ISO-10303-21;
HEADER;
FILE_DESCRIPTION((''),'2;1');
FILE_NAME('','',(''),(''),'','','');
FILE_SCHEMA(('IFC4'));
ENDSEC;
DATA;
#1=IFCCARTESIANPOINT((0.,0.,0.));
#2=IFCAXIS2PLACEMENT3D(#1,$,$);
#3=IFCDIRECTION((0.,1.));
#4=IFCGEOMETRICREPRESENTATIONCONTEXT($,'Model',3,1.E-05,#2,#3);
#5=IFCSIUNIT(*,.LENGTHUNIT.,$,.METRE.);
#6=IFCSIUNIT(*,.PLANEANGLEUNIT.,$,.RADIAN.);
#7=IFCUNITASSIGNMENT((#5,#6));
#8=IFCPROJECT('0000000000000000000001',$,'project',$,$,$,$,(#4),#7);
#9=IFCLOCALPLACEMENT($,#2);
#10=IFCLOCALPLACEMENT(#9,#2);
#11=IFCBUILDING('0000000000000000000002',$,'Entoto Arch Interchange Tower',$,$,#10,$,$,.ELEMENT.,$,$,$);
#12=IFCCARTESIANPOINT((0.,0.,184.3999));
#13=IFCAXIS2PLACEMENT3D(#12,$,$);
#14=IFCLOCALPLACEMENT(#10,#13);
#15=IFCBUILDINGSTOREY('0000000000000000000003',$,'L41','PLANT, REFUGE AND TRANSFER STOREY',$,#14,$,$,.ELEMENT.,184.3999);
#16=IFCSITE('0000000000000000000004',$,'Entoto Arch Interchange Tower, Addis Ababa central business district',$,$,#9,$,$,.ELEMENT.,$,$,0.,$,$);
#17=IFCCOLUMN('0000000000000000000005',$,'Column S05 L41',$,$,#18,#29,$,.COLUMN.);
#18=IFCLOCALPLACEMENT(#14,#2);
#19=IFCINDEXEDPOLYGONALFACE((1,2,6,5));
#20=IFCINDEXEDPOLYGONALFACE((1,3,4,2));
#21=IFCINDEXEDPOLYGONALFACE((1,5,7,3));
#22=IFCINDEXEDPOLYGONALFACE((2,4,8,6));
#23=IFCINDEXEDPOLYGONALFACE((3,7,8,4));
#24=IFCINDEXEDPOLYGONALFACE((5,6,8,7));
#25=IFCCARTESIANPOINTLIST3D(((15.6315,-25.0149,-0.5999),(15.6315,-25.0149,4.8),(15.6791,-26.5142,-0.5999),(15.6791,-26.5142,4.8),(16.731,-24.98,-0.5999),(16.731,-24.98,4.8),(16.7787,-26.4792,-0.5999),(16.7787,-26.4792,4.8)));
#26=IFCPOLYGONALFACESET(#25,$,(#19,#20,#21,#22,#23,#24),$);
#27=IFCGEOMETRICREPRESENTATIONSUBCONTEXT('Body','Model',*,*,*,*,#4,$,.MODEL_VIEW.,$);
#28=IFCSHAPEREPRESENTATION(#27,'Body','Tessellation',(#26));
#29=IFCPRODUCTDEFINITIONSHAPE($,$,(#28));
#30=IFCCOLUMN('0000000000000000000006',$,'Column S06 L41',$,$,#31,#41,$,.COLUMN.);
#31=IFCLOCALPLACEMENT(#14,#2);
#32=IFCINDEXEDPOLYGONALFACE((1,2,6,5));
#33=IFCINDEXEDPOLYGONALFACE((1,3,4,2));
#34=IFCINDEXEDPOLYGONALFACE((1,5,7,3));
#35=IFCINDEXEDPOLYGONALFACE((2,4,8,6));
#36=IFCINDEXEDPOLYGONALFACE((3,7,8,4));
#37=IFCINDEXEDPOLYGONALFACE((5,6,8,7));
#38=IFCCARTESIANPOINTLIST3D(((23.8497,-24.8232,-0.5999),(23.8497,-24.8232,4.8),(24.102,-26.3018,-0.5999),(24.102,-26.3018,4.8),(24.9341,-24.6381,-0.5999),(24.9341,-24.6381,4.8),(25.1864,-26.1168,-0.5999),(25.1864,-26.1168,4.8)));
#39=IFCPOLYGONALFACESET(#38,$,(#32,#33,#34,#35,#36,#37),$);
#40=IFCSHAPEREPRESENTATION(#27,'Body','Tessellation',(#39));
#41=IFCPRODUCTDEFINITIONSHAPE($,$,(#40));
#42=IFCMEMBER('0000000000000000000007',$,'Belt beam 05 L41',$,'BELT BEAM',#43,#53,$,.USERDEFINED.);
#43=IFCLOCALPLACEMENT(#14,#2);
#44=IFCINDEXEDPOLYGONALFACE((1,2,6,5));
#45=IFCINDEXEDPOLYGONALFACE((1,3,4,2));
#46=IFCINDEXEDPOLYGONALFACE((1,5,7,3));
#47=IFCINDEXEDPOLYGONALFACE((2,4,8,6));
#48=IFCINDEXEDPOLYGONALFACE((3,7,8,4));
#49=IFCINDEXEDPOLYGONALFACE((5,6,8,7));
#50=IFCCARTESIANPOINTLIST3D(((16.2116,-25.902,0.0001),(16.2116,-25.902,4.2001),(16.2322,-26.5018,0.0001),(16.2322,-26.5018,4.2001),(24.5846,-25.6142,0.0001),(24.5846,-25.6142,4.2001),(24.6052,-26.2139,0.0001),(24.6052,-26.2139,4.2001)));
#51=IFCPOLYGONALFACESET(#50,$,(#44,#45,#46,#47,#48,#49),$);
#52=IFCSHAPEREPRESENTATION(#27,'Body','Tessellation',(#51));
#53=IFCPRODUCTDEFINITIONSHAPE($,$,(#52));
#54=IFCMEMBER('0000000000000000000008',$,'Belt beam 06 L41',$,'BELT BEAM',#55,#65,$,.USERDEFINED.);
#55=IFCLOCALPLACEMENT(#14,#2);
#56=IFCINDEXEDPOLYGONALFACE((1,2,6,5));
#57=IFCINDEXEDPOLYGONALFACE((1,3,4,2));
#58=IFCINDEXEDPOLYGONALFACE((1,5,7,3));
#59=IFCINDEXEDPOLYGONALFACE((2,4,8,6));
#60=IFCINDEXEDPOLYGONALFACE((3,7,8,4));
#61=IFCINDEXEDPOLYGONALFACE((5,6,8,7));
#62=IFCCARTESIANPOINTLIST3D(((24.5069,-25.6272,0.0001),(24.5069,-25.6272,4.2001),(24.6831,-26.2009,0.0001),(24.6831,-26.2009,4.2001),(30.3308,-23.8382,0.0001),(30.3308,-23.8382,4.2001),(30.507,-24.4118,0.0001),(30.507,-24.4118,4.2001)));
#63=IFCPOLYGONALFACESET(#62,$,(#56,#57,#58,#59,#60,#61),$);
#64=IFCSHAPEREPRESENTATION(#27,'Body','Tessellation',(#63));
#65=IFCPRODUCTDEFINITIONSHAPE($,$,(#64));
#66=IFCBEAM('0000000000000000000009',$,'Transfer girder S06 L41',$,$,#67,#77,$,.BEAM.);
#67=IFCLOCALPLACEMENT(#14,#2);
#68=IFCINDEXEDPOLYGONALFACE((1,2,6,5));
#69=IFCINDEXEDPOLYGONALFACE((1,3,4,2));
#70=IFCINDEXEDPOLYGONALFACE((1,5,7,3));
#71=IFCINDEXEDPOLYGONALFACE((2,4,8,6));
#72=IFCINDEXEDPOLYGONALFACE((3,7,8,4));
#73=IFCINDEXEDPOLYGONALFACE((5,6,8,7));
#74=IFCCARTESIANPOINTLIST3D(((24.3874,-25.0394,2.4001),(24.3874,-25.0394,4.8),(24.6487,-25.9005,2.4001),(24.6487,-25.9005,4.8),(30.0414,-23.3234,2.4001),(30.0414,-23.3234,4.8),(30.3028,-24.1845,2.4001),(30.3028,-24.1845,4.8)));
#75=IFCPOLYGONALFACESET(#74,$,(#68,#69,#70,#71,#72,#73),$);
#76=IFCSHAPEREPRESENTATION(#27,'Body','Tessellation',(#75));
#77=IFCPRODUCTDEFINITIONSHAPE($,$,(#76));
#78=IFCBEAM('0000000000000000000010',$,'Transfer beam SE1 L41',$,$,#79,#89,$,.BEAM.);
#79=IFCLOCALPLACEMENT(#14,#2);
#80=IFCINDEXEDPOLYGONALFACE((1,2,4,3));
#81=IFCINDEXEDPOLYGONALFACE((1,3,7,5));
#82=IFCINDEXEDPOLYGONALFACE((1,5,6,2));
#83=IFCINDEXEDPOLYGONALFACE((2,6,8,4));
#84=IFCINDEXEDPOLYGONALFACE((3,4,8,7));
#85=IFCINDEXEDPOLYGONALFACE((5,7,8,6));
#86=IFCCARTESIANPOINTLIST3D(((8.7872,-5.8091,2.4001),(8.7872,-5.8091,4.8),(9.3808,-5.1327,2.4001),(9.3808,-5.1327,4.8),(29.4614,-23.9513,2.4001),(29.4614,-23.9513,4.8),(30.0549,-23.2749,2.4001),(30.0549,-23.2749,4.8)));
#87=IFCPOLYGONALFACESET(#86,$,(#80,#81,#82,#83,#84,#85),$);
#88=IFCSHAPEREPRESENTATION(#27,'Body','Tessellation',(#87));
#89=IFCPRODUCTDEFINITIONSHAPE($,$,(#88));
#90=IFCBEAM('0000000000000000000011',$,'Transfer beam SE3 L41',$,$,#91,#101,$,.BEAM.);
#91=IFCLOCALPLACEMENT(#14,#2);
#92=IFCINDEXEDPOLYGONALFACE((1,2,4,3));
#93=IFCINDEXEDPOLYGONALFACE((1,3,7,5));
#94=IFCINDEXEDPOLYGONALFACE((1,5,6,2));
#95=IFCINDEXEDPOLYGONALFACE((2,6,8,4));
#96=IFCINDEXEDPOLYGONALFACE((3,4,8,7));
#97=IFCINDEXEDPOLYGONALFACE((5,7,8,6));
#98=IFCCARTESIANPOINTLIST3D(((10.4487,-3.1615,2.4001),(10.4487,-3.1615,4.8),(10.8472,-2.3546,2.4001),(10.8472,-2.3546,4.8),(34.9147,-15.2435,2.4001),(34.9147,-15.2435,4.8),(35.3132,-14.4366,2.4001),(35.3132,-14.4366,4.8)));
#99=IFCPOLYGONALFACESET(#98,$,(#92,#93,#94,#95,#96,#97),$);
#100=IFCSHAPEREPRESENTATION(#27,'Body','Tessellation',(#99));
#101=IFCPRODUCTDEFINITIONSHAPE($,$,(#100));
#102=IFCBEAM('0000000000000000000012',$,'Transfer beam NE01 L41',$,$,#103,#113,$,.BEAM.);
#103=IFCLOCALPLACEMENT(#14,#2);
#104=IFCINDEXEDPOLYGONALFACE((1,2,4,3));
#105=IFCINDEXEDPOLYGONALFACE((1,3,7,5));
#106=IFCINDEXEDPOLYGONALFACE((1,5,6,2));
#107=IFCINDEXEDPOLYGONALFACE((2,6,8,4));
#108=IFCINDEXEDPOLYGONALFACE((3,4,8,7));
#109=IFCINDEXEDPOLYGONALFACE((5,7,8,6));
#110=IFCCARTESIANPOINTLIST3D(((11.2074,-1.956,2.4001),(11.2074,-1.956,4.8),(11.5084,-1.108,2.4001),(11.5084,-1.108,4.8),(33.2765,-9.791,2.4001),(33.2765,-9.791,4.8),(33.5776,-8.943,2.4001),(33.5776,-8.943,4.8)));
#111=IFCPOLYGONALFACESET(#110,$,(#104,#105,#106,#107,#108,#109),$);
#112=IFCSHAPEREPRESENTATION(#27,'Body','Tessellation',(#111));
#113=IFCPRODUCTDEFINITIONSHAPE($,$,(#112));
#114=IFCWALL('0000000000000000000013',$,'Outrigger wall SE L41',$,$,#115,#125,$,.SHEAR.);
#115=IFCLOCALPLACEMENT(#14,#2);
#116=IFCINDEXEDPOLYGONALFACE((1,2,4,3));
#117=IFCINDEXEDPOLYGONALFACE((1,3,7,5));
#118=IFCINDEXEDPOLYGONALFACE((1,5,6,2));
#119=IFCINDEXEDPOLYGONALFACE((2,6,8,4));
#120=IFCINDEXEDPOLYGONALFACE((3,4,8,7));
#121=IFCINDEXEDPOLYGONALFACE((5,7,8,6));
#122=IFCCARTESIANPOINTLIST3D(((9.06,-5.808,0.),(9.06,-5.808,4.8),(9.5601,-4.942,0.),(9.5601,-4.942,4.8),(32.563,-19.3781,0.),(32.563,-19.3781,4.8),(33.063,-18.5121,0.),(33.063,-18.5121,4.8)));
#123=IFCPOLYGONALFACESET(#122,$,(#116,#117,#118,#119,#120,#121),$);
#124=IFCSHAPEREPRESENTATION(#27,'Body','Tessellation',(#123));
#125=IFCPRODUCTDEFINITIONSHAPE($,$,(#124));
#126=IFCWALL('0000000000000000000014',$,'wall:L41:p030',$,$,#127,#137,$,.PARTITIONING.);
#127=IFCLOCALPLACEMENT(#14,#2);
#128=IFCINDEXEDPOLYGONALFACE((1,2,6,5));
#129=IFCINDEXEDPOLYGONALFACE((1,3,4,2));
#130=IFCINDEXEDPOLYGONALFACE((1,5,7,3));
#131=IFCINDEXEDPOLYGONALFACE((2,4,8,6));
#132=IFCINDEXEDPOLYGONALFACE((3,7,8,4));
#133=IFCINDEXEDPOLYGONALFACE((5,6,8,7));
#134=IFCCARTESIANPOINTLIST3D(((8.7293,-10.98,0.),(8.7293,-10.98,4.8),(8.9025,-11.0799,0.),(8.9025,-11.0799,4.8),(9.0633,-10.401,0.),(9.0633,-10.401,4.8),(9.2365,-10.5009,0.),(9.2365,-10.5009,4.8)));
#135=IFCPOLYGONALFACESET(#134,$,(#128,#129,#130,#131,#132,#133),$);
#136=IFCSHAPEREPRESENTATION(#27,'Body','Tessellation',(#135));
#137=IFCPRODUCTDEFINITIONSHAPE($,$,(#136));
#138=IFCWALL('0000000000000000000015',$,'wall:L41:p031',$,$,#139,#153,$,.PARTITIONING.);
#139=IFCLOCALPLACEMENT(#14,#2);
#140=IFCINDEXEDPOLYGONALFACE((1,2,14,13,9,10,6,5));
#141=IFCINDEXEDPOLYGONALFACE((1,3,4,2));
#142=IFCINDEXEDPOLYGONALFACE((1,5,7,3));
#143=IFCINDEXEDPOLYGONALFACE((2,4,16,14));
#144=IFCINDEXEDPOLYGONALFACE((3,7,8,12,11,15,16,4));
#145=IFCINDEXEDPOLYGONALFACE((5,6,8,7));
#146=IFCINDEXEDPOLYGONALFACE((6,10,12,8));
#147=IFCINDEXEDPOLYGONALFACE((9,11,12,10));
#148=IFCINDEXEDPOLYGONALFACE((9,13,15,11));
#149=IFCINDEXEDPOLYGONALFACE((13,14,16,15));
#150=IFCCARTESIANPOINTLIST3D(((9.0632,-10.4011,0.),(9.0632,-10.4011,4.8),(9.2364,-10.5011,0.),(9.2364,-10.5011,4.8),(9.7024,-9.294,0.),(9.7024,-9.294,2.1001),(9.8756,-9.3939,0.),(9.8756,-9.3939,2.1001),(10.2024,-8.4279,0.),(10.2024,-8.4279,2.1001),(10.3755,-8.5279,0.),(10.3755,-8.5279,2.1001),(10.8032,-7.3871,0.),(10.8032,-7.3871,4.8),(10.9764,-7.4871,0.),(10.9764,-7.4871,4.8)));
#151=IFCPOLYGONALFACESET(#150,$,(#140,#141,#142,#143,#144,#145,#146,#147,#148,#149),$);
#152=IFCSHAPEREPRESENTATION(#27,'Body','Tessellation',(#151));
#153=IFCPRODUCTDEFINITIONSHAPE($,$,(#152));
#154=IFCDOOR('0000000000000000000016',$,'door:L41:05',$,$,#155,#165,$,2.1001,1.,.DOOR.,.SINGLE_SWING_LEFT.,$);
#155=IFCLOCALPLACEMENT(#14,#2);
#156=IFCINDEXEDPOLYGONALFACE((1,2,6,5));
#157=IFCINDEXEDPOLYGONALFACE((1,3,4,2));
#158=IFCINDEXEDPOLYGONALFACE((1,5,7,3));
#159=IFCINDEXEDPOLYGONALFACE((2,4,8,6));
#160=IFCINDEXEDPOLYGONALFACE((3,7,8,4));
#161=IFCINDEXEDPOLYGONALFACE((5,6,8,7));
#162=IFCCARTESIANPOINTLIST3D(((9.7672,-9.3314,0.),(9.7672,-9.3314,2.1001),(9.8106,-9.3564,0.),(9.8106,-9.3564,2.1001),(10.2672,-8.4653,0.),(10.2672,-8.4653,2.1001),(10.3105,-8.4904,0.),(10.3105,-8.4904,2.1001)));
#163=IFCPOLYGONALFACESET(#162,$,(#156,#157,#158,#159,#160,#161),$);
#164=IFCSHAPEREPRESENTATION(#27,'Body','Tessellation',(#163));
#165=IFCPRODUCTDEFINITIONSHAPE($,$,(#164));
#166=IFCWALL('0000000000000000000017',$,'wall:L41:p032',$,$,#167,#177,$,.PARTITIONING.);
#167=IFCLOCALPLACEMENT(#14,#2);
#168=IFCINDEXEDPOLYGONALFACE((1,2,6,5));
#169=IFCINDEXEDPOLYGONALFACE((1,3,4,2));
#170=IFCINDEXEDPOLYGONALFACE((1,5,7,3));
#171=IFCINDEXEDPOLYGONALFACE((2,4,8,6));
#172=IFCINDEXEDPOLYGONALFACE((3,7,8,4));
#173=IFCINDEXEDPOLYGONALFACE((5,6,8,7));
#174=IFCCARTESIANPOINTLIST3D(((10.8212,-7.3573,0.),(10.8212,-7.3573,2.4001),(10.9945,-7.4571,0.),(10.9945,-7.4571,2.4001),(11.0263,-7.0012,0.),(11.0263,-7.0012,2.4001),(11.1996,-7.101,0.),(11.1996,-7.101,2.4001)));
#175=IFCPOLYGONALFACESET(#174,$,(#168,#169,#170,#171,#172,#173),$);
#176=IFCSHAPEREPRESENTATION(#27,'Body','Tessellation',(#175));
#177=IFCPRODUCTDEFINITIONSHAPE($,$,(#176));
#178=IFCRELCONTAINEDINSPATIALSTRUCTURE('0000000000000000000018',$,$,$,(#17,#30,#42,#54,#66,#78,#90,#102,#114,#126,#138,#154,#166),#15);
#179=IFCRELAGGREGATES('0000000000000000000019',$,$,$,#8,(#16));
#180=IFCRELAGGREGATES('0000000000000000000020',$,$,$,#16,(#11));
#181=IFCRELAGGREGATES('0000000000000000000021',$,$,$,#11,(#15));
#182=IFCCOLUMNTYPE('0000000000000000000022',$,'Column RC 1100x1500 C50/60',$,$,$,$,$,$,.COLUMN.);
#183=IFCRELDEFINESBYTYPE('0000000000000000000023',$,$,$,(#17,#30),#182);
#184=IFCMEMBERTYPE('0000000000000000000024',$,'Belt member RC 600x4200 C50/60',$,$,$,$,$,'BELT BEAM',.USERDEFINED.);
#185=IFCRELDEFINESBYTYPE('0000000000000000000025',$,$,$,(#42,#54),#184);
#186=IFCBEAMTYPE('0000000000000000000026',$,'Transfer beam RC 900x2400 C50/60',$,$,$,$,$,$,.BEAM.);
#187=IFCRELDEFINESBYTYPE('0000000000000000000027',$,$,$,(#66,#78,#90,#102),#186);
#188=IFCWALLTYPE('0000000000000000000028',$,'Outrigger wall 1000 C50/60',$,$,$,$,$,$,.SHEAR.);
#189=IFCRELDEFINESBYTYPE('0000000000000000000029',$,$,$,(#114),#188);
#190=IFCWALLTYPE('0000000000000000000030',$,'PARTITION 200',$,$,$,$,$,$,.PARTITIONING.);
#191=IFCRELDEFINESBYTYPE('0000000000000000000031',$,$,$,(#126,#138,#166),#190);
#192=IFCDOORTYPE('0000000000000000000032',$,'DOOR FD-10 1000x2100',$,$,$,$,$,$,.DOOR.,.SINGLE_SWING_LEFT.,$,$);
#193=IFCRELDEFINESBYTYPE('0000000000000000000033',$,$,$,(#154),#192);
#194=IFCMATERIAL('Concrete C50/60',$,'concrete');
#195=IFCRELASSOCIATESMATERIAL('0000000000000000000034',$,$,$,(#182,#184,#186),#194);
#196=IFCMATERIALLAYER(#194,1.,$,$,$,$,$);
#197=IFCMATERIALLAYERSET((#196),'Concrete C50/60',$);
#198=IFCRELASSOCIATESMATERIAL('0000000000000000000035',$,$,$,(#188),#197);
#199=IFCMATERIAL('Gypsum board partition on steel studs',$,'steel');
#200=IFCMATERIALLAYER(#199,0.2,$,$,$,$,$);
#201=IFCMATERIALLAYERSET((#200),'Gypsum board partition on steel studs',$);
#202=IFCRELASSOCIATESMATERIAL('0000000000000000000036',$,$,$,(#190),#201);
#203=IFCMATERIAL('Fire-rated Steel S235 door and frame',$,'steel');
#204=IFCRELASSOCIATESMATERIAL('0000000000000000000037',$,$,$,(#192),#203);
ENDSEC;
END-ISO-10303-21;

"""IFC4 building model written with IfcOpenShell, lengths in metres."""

from ifc_helpers import new_model, si_unit, direction, frame, frame_2d, origin, origin_2d, place, context, subcontext, project, spatial, rectangle, extrude, material, layer, layer_set, material_profile, profile_set, type_object, element, fill, save


model = new_model("IFC4")

# Units and contexts
model_context = context("Model", 3, precision=1e-05, world=origin(), true_north=direction((0.0, 1.0)))
body_context = subcontext(model_context, "Body", "Model", "MODEL_VIEW")
ifc_project = project(units=[si_unit("LENGTHUNIT", "METRE"), si_unit("PLANEANGLEUNIT", "RADIAN")], contexts=[model_context])

# Site, building, storey
site_placement = place(None, origin())
site = spatial("IfcSite", under=ifc_project, at=site_placement, Name="Entoto Arch Interchange Tower, Addis Ababa central business district", CompositionType="ELEMENT", RefElevation=0.0)
building_placement = place(site_placement, origin())
building = spatial("IfcBuilding", under=site, at=building_placement, Name="Entoto Arch Interchange Tower", CompositionType="ELEMENT")
storey_placement = place(building_placement, frame((0.0, 0.0, 184.3999)))
storey = spatial("IfcBuildingStorey", under=building, at=storey_placement, Name="L41", Description="PLANT, REFUGE AND TRANSFER STOREY", CompositionType="ELEMENT", Elevation=184.3999)

# Columns
ifc_material_1 = material(Name="Concrete C50/60", Category="concrete")
ifc_material_profile_1 = material_profile(ifc_material_1, rectangle(XDim=1.1001, YDim=1.5, at=origin_2d()))
ifc_profile_set_1 = profile_set([ifc_material_profile_1], Name="Concrete C50/60")
column_type = type_object("IfcColumnType", Name="Column RC 1100x1500 C50/60", PredefinedType="COLUMN", material=ifc_profile_set_1)
for number, where, z_axis, x_axis, name in (
    (1, (16.2051, -25.7471, -0.5999), (0.0, 0.0, 1.0), (0.999496, 0.031742, 0.0), "Column S05 L41"),
    (2, (24.5181, -25.47, -0.5999), (0.0, 0.0, 1.0), (0.985753, 0.168197, 0.0), "Column S06 L41"),
):
    element("IfcColumn", number, at=place(storey_placement, frame(where, z_axis=z_axis, x_axis=x_axis)), inside=storey, type_object=column_type, Name=name, PredefinedType="COLUMN", context=body_context, shape_type="SweptSolid", body=[
        extrude(rectangle(XDim=1.1001, YDim=1.5, at=origin_2d()), origin(), (0.0, 0.0, 1.0), 5.3999),
    ])

# Members
ifc_material_profile_2 = material_profile(ifc_material_1, rectangle(XDim=0.6001, YDim=4.2, at=origin_2d()))
ifc_profile_set_2 = profile_set([ifc_material_profile_2], Name="Concrete C50/60")
member_type = type_object("IfcMemberType", Name="Belt member RC 600x4200 C50/60", ElementType="BELT BEAM", PredefinedType="USERDEFINED", material=ifc_profile_set_2)
member_1_placement = place(storey_placement, frame((16.2219, -26.2019, 2.1001), z_axis=(0.99941, 0.034357, 0.0), x_axis=(-0.034357, 0.99941, 0.0)))
element("IfcMember", 3, at=member_1_placement, inside=storey, type_object=member_type, Name="Belt beam 05 L41", ObjectType="BELT BEAM", PredefinedType="USERDEFINED", context=body_context, shape_type="SweptSolid", body=[
    extrude(rectangle(XDim=0.6001, YDim=4.2, at=origin_2d()), origin(), (0.0, 0.0, 1.0), 8.3779),
])
member_2_placement = place(storey_placement, frame((24.595, -25.9141, 2.1001), z_axis=(0.955914, 0.293647, 0.0), x_axis=(-0.293647, 0.955914, 0.0)))
element("IfcMember", 4, at=member_2_placement, inside=storey, type_object=member_type, Name="Belt beam 06 L41", ObjectType="BELT BEAM", PredefinedType="USERDEFINED", context=body_context, shape_type="SweptSolid", body=[
    extrude(rectangle(XDim=0.6001, YDim=4.2, at=origin_2d()), origin(), (0.0, 0.0, 1.0), 6.0925),
])

# Beams
ifc_material_profile_3 = material_profile(ifc_material_1, rectangle(XDim=0.8999, YDim=2.3999, at=origin_2d()))
ifc_profile_set_3 = profile_set([ifc_material_profile_3], Name="Concrete C50/60")
beam_type = type_object("IfcBeamType", Name="Transfer beam RC 900x2400 C50/60", PredefinedType="BEAM", material=ifc_profile_set_3)
beam_1_placement = place(storey_placement, frame((24.5181, -25.47, 3.6001), z_axis=(0.956897, 0.290428, 0.0), x_axis=(-0.290428, 0.956897, 0.0)))
element("IfcBeam", 5, at=beam_1_placement, inside=storey, type_object=beam_type, Name="Transfer girder S06 L41", PredefinedType="BEAM", context=body_context, shape_type="SweptSolid", body=[
    extrude(rectangle(XDim=0.8999, YDim=2.3999, at=origin_2d()), origin(), (0.0, 0.0, 1.0), 5.9087),
])
beam_2_placement = place(storey_placement, frame((9.084, -5.4709, 3.6001), z_axis=(0.751634, -0.65958, 0.0), x_axis=(0.65958, 0.751634, 0.0)))
element("IfcBeam", 6, at=beam_2_placement, inside=storey, type_object=beam_type, Name="Transfer beam SE1 L41", PredefinedType="BEAM", context=body_context, shape_type="SweptSolid", body=[
    extrude(rectangle(XDim=0.8999, YDim=2.3999, at=origin_2d()), origin(), (0.0, 0.0, 1.0), 27.5056),
])
beam_3_placement = place(storey_placement, frame((10.6479, -2.7581, 3.6001), z_axis=(0.89663, -0.442781, 0.0), x_axis=(0.442781, 0.89663, 0.0)))
element("IfcBeam", 7, at=beam_3_placement, inside=storey, type_object=beam_type, Name="Transfer beam SE3 L41", PredefinedType="BEAM", context=body_context, shape_type="SweptSolid", body=[
    extrude(rectangle(XDim=0.8999, YDim=2.3999, at=origin_2d()), origin(), (0.0, 0.0, 1.0), 27.2866),
])
beam_4_placement = place(storey_placement, frame((11.3579, -1.532, 3.6001), z_axis=(0.942374, -0.334561, 0.0), x_axis=(0.334561, 0.942374, 0.0)))
element("IfcBeam", 8, at=beam_4_placement, inside=storey, type_object=beam_type, Name="Transfer beam NE01 L41", PredefinedType="BEAM", context=body_context, shape_type="SweptSolid", body=[
    extrude(rectangle(XDim=0.8999, YDim=2.3999, at=origin_2d()), origin(), (0.0, 0.0, 1.0), 23.4187),
])

# Walls
ifc_layer_1 = layer(ifc_material_1, 1.0)
ifc_layer_set_1 = layer_set([ifc_layer_1], Name="Concrete C50/60")
wall_type_1 = type_object("IfcWallType", Name="Outrigger wall 1000 C50/60", PredefinedType="SHEAR", material=ifc_layer_set_1)
wall_1_placement = place(storey_placement, frame((9.3101, -5.375, 0.0), z_axis=(0.0, 0.0, 1.0), x_axis=(0.866015, -0.500018, 0.0)))
element("IfcWall", 9, at=wall_1_placement, inside=storey, type_object=wall_type_1, Name="Outrigger wall SE L41", PredefinedType="SHEAR", context=body_context, shape_type="SweptSolid", body=[
    extrude(rectangle(XDim=27.1392, YDim=1.0, at=frame_2d((13.5696, 0.0))), origin(), (0.0, 0.0, 1.0), 4.8),
])
ifc_material_2 = material(Name="Gypsum board partition on steel studs", Category="steel")
ifc_layer_2 = layer(ifc_material_2, 0.2)
ifc_layer_set_2 = layer_set([ifc_layer_2], Name="Gypsum board partition on steel studs")
wall_type_2 = type_object("IfcWallType", Name="PARTITION 200", PredefinedType="PARTITIONING", material=ifc_layer_set_2)
wall_2_placement = place(storey_placement, frame((9.1499, -10.4509, 0.0), z_axis=(0.0, 0.0, 1.0), x_axis=(-0.499596, -0.866259, 0.0)))
element("IfcWall", 10, at=wall_2_placement, inside=storey, type_object=wall_type_2, Name="wall:L41:p030", PredefinedType="PARTITIONING", context=body_context, shape_type="SweptSolid", body=[
    extrude(rectangle(XDim=0.6685, YDim=0.2, at=frame_2d((0.3342, 0.0))), origin(), (0.0, 0.0, 1.0), 4.8),
])

# Wall, opening, door
wall_3_placement = place(storey_placement, frame((10.8899, -7.437, 0.0), z_axis=(0.0, 0.0, 1.0), x_axis=(-0.49998, -0.866037, 0.0)))
wall_3 = element("IfcWall", 11, at=wall_3_placement, inside=storey, type_object=wall_type_2, Name="wall:L41:p031", PredefinedType="PARTITIONING", context=body_context, shape_type="SweptSolid", body=[
    extrude(rectangle(XDim=3.4802, YDim=0.2, at=frame_2d((1.7402, 0.0))), origin(), (0.0, 0.0, 1.0), 4.8),
])
opening_1_placement = place(wall_3_placement, frame((1.2019, 0.0, 0.0)))
opening_1 = element("IfcOpeningElement", 12, at=opening_1_placement, cuts=wall_3, PredefinedType="OPENING", context=body_context, shape_type="SweptSolid", body=[
    extrude(rectangle(XDim=1.0, YDim=2.1001, at=frame_2d((0.5, 1.05))), frame((0.0, 0.1099, 0.0), z_axis=(0.0, -1.0, 0.0), x_axis=(1.0, 0.0, 0.0)), (0.0, 0.0, 1.0), 0.22),
])
ifc_material_3 = material(Name="Fire-rated Steel S235 door and frame", Category="steel")
door_type_1 = type_object("IfcDoorType", Name="DOOR FD-10 1000x2100", OperationType="SINGLE_SWING_LEFT", PredefinedType="DOOR", material=ifc_material_3)
door_1_placement = place(opening_1_placement, origin())
door_1 = element("IfcDoor", 13, at=door_1_placement, inside=storey, type_object=door_type_1, Name="door:L41:05", OperationType="SINGLE_SWING_LEFT", OverallHeight=2.1001, OverallWidth=1.0, PredefinedType="DOOR", context=body_context, shape_type="SweptSolid", body=[
    extrude(rectangle(XDim=1.0, YDim=2.1001, at=frame_2d((0.5, 1.05))), frame((0.0, 0.0249, 0.0), z_axis=(0.0, -1.0, 0.0), x_axis=(1.0, 0.0, 0.0)), (0.0, 0.0, 1.0), 0.05),
])
fill(opening_1, door_1)

# Wall
wall_4_placement = place(storey_placement, frame((11.113, -7.051, 0.0), z_axis=(0.0, 0.0, 1.0), x_axis=(-0.499208, -0.866482, 0.0)))
element("IfcWall", 14, at=wall_4_placement, inside=storey, type_object=wall_type_2, Name="wall:L41:p032", PredefinedType="PARTITIONING", context=body_context, shape_type="SweptSolid", body=[
    extrude(rectangle(XDim=0.4109, YDim=0.2, at=frame_2d((0.2056, 0.0))), origin(), (0.0, 0.0, 1.0), 2.4001),
])

save(model, "model.ifc")
